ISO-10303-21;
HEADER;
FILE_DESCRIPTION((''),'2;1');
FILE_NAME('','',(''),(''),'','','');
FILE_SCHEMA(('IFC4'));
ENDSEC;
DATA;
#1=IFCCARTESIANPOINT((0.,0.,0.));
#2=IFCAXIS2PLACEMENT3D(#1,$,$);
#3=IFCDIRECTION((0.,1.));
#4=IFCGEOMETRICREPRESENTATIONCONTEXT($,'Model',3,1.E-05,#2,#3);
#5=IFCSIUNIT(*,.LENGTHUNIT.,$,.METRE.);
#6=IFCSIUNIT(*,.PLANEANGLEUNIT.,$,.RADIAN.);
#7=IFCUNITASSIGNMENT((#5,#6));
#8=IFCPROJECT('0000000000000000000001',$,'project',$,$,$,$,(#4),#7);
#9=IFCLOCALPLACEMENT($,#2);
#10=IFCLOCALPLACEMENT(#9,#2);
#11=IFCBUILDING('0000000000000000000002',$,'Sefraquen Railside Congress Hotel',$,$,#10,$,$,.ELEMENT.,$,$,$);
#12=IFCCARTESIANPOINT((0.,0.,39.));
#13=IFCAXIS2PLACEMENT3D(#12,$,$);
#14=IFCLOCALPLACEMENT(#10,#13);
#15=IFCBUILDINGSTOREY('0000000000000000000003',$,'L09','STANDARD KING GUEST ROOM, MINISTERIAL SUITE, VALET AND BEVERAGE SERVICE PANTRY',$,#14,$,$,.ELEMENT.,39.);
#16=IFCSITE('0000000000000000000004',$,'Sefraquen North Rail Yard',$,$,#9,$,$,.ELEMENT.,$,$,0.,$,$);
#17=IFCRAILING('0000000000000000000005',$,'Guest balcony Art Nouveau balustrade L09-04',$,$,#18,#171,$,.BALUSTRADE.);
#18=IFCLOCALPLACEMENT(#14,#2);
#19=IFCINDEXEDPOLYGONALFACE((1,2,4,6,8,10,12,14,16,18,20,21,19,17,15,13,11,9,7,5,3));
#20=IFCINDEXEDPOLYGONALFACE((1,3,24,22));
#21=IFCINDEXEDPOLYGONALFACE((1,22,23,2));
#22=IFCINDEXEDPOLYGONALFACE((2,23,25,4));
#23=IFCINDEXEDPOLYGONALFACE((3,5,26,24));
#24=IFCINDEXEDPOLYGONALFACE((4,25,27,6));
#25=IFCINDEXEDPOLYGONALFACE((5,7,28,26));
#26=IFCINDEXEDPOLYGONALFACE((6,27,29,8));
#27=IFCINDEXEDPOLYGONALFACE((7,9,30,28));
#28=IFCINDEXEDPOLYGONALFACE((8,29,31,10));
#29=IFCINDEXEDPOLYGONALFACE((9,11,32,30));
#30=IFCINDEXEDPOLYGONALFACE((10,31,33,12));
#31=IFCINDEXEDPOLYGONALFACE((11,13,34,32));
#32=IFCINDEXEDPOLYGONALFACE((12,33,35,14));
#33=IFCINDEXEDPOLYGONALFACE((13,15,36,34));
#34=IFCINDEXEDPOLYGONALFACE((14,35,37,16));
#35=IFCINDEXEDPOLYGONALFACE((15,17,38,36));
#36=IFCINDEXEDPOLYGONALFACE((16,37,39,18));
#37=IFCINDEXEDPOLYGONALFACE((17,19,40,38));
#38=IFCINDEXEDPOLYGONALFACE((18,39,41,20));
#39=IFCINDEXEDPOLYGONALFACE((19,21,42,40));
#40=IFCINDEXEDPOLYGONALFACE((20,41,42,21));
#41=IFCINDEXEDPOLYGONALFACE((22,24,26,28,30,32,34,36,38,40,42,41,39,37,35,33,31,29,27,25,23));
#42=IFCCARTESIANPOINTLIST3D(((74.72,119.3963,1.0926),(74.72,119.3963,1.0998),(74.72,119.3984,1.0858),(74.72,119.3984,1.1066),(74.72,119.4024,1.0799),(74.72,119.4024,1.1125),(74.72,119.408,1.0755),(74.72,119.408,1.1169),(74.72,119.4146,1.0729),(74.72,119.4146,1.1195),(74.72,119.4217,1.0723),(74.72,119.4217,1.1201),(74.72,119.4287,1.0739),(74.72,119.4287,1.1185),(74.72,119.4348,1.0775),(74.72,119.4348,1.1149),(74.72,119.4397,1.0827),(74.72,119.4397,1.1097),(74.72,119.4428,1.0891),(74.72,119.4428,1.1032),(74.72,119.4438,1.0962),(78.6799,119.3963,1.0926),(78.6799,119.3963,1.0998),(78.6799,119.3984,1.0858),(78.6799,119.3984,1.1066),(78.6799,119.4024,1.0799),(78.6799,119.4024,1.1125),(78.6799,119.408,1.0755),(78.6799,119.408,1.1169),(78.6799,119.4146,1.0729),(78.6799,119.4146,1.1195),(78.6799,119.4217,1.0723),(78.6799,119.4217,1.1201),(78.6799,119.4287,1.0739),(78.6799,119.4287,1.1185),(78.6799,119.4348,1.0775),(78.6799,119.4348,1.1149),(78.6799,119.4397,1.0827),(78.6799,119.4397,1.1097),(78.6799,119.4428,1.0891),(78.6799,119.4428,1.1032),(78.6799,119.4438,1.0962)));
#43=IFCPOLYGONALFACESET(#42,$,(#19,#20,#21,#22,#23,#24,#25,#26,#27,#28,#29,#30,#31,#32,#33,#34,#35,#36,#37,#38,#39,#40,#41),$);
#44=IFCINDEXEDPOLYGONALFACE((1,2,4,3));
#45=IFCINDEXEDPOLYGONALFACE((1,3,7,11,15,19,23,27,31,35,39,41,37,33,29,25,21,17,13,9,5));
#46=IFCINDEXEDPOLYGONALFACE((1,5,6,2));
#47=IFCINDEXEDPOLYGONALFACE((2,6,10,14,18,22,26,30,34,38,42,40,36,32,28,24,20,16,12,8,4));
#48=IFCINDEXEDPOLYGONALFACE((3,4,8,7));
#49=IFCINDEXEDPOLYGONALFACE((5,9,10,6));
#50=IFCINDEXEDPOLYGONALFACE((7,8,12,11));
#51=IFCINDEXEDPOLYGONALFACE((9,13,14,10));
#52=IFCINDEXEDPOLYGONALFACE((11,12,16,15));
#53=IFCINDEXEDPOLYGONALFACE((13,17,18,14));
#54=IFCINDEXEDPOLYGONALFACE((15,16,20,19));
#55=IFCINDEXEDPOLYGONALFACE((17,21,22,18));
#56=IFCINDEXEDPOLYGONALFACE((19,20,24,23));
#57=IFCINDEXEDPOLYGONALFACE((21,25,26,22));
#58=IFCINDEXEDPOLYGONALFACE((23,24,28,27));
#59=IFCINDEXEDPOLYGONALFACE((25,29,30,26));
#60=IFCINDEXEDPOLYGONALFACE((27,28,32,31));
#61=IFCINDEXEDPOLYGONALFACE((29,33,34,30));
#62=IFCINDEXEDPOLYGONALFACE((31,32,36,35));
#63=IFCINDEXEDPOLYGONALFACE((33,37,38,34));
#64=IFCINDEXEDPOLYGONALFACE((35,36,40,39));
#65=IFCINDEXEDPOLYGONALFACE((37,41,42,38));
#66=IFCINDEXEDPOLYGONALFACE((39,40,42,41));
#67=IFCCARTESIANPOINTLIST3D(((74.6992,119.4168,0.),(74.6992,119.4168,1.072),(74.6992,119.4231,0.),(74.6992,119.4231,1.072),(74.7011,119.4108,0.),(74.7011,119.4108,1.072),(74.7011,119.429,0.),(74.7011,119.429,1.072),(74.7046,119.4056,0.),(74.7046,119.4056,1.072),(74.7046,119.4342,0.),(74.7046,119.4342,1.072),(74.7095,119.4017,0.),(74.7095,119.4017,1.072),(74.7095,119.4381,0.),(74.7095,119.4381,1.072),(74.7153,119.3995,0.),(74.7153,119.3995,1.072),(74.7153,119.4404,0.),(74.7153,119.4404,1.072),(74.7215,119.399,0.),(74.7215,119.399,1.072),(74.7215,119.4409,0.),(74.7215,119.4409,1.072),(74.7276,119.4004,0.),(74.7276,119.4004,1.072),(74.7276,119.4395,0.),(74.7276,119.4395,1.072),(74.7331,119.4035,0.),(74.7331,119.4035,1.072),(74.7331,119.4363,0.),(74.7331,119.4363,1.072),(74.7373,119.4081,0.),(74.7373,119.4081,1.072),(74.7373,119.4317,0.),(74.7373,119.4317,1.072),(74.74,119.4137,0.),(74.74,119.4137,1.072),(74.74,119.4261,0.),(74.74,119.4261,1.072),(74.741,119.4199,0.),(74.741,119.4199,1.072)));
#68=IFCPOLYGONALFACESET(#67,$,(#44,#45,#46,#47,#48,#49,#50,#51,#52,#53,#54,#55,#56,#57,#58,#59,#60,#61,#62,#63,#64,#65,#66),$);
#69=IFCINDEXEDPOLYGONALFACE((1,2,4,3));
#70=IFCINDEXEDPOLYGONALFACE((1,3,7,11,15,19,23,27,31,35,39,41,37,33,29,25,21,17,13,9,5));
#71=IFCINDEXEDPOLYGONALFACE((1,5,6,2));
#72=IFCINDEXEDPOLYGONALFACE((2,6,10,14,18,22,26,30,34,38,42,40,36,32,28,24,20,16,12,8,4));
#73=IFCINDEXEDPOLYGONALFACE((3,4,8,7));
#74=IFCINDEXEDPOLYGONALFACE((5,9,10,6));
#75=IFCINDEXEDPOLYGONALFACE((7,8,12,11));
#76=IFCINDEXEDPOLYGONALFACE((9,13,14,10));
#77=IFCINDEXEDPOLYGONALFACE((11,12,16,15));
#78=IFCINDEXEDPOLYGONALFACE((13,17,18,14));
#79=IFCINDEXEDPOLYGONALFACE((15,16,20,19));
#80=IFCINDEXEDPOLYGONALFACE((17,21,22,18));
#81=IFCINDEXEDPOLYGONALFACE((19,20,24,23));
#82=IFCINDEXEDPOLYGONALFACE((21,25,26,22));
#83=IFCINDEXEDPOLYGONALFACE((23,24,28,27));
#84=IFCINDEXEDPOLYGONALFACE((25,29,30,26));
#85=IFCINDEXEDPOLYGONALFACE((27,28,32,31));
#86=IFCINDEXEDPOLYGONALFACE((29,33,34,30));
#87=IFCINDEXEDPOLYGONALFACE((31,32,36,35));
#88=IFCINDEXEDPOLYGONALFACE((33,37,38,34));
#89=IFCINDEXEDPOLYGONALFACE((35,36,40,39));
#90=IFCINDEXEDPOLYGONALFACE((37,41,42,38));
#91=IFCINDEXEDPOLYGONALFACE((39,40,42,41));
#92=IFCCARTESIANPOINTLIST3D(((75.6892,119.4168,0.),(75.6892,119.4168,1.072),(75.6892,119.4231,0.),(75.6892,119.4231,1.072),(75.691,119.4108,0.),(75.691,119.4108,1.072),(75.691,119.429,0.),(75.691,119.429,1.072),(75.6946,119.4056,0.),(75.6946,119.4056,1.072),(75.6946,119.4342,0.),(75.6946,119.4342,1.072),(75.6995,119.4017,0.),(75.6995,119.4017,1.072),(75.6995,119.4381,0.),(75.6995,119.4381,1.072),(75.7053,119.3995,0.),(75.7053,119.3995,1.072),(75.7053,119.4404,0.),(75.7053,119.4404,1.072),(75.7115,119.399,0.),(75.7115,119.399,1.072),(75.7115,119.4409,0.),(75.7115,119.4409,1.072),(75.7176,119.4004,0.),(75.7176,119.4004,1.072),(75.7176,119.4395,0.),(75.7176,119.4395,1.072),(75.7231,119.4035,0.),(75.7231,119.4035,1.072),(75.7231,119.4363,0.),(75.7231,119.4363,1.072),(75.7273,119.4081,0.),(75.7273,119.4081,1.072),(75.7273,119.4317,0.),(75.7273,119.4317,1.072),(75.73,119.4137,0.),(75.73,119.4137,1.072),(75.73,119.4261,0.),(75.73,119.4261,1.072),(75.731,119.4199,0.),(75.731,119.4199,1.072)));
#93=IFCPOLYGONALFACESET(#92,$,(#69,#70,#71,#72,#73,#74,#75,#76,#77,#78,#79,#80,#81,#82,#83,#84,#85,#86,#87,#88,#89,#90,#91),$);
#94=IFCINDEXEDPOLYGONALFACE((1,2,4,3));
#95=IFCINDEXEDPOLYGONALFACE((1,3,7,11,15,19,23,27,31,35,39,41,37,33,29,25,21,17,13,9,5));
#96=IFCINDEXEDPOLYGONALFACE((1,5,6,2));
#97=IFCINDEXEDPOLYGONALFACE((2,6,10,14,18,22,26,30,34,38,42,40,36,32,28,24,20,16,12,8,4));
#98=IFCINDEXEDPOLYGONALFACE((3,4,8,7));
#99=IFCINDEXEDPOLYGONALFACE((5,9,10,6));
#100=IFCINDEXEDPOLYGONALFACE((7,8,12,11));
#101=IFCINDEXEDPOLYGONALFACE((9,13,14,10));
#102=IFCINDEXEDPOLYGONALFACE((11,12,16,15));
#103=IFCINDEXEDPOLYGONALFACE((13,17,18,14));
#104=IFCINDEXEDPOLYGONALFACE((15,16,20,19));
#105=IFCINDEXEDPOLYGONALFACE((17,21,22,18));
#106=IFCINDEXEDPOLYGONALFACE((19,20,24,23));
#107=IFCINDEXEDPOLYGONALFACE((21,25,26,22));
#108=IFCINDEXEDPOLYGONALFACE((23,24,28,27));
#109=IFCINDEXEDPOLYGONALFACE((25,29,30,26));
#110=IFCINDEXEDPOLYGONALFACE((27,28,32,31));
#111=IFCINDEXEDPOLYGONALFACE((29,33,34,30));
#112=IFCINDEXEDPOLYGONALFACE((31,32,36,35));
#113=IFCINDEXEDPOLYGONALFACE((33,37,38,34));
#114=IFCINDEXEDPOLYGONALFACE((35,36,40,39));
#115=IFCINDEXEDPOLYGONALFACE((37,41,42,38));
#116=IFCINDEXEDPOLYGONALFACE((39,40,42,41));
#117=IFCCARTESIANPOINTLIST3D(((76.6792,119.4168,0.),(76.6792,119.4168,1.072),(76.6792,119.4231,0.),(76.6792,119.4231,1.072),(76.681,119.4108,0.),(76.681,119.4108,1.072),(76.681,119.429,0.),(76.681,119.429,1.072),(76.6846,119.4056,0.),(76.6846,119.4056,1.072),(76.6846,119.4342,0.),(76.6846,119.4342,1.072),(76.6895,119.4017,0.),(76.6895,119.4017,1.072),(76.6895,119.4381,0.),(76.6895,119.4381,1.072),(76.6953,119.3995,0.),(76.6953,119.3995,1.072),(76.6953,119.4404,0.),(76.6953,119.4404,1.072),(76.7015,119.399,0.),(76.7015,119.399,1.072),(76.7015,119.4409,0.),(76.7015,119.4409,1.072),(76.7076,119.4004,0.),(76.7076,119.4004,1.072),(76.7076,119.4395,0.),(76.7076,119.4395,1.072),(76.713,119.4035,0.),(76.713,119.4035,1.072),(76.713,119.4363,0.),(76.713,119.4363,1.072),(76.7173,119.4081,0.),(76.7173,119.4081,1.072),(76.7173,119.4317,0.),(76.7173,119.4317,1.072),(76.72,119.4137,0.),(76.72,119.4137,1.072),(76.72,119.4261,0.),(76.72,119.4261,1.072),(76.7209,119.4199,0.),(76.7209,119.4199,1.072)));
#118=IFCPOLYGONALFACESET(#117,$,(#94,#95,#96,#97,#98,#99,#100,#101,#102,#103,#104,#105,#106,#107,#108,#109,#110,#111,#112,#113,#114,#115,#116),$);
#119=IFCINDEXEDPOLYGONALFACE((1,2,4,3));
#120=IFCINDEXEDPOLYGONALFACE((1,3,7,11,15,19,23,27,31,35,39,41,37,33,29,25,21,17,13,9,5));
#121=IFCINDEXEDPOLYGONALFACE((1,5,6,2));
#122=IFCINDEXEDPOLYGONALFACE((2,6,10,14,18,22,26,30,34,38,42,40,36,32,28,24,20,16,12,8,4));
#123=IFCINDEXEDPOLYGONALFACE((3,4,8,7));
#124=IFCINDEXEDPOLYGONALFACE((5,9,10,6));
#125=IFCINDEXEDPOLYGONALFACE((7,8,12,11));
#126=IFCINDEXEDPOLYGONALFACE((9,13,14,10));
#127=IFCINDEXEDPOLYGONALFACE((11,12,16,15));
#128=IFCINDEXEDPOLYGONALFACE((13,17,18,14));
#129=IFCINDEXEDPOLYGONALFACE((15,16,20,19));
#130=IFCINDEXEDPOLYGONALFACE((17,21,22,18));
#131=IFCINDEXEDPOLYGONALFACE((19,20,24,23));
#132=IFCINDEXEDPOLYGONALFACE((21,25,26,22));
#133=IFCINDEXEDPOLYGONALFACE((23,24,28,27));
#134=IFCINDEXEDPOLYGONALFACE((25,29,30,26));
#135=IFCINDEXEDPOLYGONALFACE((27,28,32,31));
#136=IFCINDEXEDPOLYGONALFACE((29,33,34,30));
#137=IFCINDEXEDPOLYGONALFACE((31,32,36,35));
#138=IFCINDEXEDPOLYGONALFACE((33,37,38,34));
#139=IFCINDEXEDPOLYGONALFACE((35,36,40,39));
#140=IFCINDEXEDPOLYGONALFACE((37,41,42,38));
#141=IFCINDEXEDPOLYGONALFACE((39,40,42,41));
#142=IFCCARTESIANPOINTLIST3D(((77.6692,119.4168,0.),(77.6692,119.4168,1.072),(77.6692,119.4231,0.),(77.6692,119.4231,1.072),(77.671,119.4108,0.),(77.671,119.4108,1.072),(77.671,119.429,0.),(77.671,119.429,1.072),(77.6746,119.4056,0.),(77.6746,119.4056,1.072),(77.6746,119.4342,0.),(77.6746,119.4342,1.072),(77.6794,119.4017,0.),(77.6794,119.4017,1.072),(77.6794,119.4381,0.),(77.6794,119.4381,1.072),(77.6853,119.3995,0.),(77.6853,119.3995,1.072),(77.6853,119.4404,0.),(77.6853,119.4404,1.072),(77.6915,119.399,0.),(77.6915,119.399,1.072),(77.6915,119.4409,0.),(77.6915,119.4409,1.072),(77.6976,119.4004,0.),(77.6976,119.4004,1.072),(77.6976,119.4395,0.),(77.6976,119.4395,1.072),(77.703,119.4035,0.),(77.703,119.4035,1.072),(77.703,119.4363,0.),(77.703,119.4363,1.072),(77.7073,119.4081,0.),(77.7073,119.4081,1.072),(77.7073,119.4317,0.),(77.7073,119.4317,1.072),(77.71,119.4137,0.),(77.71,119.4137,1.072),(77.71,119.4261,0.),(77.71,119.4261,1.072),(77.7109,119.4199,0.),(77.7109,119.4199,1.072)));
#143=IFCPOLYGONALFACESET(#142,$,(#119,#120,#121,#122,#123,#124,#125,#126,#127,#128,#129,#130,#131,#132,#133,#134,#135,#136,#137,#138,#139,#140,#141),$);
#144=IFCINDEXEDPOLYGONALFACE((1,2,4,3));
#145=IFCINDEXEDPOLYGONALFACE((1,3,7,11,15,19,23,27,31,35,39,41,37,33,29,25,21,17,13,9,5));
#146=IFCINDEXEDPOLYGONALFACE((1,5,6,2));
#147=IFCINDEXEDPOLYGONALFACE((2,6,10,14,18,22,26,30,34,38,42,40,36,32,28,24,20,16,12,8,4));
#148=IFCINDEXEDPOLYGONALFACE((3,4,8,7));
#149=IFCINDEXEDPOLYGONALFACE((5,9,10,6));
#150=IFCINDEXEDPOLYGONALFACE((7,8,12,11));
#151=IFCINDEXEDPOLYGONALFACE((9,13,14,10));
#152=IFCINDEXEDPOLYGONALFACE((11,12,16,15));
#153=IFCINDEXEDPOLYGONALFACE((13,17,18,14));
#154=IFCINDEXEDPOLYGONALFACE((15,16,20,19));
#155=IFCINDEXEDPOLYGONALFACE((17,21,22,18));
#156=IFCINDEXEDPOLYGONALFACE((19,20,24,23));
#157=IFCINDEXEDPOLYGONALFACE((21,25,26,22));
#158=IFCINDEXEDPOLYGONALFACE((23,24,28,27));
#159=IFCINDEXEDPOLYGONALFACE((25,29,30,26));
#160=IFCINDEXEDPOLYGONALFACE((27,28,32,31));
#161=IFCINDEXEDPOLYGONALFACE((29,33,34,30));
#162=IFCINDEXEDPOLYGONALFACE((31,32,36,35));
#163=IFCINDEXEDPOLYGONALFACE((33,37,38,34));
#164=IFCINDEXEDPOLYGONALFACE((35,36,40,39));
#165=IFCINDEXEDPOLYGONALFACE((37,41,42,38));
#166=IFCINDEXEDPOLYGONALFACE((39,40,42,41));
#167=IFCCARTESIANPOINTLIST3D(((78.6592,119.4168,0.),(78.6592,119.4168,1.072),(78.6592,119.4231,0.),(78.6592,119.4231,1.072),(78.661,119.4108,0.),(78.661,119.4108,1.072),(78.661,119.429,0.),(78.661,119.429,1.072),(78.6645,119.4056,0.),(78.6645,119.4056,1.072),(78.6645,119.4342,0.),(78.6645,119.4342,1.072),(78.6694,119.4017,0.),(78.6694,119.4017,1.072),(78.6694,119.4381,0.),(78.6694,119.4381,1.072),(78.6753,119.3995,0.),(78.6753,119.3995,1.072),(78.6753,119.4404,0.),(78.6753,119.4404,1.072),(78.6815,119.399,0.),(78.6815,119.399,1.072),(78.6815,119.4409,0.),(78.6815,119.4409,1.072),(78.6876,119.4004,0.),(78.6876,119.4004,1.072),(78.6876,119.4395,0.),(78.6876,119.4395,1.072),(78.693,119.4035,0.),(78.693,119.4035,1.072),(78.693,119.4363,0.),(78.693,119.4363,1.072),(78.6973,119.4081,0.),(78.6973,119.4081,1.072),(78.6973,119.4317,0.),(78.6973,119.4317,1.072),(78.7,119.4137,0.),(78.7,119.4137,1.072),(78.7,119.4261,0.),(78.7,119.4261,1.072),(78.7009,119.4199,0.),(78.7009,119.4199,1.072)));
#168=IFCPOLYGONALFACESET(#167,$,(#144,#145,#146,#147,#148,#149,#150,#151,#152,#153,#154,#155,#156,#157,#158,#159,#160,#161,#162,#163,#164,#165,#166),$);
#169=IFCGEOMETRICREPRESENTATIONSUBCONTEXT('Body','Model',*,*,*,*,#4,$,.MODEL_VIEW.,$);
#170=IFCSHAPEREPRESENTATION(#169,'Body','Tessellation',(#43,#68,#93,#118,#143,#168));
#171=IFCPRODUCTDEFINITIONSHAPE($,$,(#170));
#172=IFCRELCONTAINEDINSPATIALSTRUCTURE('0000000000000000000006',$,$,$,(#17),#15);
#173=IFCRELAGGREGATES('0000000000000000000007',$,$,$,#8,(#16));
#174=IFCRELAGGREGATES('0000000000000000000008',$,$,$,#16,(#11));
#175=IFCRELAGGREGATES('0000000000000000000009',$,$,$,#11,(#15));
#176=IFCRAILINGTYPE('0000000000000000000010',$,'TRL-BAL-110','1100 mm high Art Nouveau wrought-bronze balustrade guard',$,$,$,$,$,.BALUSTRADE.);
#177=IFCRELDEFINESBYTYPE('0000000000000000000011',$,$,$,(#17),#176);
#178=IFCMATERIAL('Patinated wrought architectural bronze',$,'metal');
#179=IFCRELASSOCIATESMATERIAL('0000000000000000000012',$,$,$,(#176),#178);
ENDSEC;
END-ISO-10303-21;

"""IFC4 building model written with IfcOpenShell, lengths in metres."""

from ifc_helpers import new_model, si_unit, direction, frame, origin, origin_2d, place, context, subcontext, project, spatial, circle, extrude, material, type_object, element, save


model = new_model("IFC4")

# Units and contexts
model_context = context("Model", 3, precision=1e-05, world=origin(), true_north=direction((0.0, 1.0)))
body_context = subcontext(model_context, "Body", "Model", "MODEL_VIEW")
ifc_project = project(units=[si_unit("LENGTHUNIT", "METRE"), si_unit("PLANEANGLEUNIT", "RADIAN")], contexts=[model_context])

# Site, building, storey
site_placement = place(None, origin())
site = spatial("IfcSite", under=ifc_project, at=site_placement, Name="Sefraquen North Rail Yard", CompositionType="ELEMENT", RefElevation=0.0)
building_placement = place(site_placement, origin())
building = spatial("IfcBuilding", under=site, at=building_placement, Name="Sefraquen Railside Congress Hotel", CompositionType="ELEMENT")
storey_placement = place(building_placement, frame((0.0, 0.0, 39.0)))
storey = spatial("IfcBuildingStorey", under=building, at=storey_placement, Name="L09", Description="STANDARD KING GUEST ROOM, MINISTERIAL SUITE, VALET AND BEVERAGE SERVICE PANTRY", CompositionType="ELEMENT", Elevation=39.0)

# Railing
ifc_material_1 = material(Name="Patinated wrought architectural bronze", Category="metal")
railing_type = type_object("IfcRailingType", Name="TRL-BAL-110", Description="1100 mm high Art Nouveau wrought-bronze balustrade guard", PredefinedType="BALUSTRADE", material=ifc_material_1)
railing_1_placement = place(storey_placement, frame((74.72, 119.4199, 0.0)))
element("IfcRailing", 1, at=railing_1_placement, inside=storey, type_object=railing_type, Name="Guest balcony Art Nouveau balustrade L09-04", PredefinedType="BALUSTRADE", context=body_context, shape_type="SweptSolid", body=[
    extrude(circle(Radius=0.0239, at=origin_2d()), frame((0.0, 0.0, 1.0962), z_axis=(1.0, 0.0, 0.0), x_axis=(0.0, 1.0, 0.0)), (0.0, 0.0, 1.0), 3.96),
    extrude(circle(Radius=0.021, at=origin_2d()), origin(), (0.0, 0.0, 1.0), 1.072),
    extrude(circle(Radius=0.021, at=origin_2d()), frame((0.99, 0.0, 0.0)), (0.0, 0.0, 1.0), 1.072),
    extrude(circle(Radius=0.021, at=origin_2d()), frame((1.98, 0.0, 0.0)), (0.0, 0.0, 1.0), 1.072),
    extrude(circle(Radius=0.021, at=origin_2d()), frame((2.97, 0.0, 0.0)), (0.0, 0.0, 1.0), 1.072),
    extrude(circle(Radius=0.021, at=origin_2d()), frame((3.96, 0.0, 0.0)), (0.0, 0.0, 1.0), 1.072),
])

save(model, "model.ifc")
